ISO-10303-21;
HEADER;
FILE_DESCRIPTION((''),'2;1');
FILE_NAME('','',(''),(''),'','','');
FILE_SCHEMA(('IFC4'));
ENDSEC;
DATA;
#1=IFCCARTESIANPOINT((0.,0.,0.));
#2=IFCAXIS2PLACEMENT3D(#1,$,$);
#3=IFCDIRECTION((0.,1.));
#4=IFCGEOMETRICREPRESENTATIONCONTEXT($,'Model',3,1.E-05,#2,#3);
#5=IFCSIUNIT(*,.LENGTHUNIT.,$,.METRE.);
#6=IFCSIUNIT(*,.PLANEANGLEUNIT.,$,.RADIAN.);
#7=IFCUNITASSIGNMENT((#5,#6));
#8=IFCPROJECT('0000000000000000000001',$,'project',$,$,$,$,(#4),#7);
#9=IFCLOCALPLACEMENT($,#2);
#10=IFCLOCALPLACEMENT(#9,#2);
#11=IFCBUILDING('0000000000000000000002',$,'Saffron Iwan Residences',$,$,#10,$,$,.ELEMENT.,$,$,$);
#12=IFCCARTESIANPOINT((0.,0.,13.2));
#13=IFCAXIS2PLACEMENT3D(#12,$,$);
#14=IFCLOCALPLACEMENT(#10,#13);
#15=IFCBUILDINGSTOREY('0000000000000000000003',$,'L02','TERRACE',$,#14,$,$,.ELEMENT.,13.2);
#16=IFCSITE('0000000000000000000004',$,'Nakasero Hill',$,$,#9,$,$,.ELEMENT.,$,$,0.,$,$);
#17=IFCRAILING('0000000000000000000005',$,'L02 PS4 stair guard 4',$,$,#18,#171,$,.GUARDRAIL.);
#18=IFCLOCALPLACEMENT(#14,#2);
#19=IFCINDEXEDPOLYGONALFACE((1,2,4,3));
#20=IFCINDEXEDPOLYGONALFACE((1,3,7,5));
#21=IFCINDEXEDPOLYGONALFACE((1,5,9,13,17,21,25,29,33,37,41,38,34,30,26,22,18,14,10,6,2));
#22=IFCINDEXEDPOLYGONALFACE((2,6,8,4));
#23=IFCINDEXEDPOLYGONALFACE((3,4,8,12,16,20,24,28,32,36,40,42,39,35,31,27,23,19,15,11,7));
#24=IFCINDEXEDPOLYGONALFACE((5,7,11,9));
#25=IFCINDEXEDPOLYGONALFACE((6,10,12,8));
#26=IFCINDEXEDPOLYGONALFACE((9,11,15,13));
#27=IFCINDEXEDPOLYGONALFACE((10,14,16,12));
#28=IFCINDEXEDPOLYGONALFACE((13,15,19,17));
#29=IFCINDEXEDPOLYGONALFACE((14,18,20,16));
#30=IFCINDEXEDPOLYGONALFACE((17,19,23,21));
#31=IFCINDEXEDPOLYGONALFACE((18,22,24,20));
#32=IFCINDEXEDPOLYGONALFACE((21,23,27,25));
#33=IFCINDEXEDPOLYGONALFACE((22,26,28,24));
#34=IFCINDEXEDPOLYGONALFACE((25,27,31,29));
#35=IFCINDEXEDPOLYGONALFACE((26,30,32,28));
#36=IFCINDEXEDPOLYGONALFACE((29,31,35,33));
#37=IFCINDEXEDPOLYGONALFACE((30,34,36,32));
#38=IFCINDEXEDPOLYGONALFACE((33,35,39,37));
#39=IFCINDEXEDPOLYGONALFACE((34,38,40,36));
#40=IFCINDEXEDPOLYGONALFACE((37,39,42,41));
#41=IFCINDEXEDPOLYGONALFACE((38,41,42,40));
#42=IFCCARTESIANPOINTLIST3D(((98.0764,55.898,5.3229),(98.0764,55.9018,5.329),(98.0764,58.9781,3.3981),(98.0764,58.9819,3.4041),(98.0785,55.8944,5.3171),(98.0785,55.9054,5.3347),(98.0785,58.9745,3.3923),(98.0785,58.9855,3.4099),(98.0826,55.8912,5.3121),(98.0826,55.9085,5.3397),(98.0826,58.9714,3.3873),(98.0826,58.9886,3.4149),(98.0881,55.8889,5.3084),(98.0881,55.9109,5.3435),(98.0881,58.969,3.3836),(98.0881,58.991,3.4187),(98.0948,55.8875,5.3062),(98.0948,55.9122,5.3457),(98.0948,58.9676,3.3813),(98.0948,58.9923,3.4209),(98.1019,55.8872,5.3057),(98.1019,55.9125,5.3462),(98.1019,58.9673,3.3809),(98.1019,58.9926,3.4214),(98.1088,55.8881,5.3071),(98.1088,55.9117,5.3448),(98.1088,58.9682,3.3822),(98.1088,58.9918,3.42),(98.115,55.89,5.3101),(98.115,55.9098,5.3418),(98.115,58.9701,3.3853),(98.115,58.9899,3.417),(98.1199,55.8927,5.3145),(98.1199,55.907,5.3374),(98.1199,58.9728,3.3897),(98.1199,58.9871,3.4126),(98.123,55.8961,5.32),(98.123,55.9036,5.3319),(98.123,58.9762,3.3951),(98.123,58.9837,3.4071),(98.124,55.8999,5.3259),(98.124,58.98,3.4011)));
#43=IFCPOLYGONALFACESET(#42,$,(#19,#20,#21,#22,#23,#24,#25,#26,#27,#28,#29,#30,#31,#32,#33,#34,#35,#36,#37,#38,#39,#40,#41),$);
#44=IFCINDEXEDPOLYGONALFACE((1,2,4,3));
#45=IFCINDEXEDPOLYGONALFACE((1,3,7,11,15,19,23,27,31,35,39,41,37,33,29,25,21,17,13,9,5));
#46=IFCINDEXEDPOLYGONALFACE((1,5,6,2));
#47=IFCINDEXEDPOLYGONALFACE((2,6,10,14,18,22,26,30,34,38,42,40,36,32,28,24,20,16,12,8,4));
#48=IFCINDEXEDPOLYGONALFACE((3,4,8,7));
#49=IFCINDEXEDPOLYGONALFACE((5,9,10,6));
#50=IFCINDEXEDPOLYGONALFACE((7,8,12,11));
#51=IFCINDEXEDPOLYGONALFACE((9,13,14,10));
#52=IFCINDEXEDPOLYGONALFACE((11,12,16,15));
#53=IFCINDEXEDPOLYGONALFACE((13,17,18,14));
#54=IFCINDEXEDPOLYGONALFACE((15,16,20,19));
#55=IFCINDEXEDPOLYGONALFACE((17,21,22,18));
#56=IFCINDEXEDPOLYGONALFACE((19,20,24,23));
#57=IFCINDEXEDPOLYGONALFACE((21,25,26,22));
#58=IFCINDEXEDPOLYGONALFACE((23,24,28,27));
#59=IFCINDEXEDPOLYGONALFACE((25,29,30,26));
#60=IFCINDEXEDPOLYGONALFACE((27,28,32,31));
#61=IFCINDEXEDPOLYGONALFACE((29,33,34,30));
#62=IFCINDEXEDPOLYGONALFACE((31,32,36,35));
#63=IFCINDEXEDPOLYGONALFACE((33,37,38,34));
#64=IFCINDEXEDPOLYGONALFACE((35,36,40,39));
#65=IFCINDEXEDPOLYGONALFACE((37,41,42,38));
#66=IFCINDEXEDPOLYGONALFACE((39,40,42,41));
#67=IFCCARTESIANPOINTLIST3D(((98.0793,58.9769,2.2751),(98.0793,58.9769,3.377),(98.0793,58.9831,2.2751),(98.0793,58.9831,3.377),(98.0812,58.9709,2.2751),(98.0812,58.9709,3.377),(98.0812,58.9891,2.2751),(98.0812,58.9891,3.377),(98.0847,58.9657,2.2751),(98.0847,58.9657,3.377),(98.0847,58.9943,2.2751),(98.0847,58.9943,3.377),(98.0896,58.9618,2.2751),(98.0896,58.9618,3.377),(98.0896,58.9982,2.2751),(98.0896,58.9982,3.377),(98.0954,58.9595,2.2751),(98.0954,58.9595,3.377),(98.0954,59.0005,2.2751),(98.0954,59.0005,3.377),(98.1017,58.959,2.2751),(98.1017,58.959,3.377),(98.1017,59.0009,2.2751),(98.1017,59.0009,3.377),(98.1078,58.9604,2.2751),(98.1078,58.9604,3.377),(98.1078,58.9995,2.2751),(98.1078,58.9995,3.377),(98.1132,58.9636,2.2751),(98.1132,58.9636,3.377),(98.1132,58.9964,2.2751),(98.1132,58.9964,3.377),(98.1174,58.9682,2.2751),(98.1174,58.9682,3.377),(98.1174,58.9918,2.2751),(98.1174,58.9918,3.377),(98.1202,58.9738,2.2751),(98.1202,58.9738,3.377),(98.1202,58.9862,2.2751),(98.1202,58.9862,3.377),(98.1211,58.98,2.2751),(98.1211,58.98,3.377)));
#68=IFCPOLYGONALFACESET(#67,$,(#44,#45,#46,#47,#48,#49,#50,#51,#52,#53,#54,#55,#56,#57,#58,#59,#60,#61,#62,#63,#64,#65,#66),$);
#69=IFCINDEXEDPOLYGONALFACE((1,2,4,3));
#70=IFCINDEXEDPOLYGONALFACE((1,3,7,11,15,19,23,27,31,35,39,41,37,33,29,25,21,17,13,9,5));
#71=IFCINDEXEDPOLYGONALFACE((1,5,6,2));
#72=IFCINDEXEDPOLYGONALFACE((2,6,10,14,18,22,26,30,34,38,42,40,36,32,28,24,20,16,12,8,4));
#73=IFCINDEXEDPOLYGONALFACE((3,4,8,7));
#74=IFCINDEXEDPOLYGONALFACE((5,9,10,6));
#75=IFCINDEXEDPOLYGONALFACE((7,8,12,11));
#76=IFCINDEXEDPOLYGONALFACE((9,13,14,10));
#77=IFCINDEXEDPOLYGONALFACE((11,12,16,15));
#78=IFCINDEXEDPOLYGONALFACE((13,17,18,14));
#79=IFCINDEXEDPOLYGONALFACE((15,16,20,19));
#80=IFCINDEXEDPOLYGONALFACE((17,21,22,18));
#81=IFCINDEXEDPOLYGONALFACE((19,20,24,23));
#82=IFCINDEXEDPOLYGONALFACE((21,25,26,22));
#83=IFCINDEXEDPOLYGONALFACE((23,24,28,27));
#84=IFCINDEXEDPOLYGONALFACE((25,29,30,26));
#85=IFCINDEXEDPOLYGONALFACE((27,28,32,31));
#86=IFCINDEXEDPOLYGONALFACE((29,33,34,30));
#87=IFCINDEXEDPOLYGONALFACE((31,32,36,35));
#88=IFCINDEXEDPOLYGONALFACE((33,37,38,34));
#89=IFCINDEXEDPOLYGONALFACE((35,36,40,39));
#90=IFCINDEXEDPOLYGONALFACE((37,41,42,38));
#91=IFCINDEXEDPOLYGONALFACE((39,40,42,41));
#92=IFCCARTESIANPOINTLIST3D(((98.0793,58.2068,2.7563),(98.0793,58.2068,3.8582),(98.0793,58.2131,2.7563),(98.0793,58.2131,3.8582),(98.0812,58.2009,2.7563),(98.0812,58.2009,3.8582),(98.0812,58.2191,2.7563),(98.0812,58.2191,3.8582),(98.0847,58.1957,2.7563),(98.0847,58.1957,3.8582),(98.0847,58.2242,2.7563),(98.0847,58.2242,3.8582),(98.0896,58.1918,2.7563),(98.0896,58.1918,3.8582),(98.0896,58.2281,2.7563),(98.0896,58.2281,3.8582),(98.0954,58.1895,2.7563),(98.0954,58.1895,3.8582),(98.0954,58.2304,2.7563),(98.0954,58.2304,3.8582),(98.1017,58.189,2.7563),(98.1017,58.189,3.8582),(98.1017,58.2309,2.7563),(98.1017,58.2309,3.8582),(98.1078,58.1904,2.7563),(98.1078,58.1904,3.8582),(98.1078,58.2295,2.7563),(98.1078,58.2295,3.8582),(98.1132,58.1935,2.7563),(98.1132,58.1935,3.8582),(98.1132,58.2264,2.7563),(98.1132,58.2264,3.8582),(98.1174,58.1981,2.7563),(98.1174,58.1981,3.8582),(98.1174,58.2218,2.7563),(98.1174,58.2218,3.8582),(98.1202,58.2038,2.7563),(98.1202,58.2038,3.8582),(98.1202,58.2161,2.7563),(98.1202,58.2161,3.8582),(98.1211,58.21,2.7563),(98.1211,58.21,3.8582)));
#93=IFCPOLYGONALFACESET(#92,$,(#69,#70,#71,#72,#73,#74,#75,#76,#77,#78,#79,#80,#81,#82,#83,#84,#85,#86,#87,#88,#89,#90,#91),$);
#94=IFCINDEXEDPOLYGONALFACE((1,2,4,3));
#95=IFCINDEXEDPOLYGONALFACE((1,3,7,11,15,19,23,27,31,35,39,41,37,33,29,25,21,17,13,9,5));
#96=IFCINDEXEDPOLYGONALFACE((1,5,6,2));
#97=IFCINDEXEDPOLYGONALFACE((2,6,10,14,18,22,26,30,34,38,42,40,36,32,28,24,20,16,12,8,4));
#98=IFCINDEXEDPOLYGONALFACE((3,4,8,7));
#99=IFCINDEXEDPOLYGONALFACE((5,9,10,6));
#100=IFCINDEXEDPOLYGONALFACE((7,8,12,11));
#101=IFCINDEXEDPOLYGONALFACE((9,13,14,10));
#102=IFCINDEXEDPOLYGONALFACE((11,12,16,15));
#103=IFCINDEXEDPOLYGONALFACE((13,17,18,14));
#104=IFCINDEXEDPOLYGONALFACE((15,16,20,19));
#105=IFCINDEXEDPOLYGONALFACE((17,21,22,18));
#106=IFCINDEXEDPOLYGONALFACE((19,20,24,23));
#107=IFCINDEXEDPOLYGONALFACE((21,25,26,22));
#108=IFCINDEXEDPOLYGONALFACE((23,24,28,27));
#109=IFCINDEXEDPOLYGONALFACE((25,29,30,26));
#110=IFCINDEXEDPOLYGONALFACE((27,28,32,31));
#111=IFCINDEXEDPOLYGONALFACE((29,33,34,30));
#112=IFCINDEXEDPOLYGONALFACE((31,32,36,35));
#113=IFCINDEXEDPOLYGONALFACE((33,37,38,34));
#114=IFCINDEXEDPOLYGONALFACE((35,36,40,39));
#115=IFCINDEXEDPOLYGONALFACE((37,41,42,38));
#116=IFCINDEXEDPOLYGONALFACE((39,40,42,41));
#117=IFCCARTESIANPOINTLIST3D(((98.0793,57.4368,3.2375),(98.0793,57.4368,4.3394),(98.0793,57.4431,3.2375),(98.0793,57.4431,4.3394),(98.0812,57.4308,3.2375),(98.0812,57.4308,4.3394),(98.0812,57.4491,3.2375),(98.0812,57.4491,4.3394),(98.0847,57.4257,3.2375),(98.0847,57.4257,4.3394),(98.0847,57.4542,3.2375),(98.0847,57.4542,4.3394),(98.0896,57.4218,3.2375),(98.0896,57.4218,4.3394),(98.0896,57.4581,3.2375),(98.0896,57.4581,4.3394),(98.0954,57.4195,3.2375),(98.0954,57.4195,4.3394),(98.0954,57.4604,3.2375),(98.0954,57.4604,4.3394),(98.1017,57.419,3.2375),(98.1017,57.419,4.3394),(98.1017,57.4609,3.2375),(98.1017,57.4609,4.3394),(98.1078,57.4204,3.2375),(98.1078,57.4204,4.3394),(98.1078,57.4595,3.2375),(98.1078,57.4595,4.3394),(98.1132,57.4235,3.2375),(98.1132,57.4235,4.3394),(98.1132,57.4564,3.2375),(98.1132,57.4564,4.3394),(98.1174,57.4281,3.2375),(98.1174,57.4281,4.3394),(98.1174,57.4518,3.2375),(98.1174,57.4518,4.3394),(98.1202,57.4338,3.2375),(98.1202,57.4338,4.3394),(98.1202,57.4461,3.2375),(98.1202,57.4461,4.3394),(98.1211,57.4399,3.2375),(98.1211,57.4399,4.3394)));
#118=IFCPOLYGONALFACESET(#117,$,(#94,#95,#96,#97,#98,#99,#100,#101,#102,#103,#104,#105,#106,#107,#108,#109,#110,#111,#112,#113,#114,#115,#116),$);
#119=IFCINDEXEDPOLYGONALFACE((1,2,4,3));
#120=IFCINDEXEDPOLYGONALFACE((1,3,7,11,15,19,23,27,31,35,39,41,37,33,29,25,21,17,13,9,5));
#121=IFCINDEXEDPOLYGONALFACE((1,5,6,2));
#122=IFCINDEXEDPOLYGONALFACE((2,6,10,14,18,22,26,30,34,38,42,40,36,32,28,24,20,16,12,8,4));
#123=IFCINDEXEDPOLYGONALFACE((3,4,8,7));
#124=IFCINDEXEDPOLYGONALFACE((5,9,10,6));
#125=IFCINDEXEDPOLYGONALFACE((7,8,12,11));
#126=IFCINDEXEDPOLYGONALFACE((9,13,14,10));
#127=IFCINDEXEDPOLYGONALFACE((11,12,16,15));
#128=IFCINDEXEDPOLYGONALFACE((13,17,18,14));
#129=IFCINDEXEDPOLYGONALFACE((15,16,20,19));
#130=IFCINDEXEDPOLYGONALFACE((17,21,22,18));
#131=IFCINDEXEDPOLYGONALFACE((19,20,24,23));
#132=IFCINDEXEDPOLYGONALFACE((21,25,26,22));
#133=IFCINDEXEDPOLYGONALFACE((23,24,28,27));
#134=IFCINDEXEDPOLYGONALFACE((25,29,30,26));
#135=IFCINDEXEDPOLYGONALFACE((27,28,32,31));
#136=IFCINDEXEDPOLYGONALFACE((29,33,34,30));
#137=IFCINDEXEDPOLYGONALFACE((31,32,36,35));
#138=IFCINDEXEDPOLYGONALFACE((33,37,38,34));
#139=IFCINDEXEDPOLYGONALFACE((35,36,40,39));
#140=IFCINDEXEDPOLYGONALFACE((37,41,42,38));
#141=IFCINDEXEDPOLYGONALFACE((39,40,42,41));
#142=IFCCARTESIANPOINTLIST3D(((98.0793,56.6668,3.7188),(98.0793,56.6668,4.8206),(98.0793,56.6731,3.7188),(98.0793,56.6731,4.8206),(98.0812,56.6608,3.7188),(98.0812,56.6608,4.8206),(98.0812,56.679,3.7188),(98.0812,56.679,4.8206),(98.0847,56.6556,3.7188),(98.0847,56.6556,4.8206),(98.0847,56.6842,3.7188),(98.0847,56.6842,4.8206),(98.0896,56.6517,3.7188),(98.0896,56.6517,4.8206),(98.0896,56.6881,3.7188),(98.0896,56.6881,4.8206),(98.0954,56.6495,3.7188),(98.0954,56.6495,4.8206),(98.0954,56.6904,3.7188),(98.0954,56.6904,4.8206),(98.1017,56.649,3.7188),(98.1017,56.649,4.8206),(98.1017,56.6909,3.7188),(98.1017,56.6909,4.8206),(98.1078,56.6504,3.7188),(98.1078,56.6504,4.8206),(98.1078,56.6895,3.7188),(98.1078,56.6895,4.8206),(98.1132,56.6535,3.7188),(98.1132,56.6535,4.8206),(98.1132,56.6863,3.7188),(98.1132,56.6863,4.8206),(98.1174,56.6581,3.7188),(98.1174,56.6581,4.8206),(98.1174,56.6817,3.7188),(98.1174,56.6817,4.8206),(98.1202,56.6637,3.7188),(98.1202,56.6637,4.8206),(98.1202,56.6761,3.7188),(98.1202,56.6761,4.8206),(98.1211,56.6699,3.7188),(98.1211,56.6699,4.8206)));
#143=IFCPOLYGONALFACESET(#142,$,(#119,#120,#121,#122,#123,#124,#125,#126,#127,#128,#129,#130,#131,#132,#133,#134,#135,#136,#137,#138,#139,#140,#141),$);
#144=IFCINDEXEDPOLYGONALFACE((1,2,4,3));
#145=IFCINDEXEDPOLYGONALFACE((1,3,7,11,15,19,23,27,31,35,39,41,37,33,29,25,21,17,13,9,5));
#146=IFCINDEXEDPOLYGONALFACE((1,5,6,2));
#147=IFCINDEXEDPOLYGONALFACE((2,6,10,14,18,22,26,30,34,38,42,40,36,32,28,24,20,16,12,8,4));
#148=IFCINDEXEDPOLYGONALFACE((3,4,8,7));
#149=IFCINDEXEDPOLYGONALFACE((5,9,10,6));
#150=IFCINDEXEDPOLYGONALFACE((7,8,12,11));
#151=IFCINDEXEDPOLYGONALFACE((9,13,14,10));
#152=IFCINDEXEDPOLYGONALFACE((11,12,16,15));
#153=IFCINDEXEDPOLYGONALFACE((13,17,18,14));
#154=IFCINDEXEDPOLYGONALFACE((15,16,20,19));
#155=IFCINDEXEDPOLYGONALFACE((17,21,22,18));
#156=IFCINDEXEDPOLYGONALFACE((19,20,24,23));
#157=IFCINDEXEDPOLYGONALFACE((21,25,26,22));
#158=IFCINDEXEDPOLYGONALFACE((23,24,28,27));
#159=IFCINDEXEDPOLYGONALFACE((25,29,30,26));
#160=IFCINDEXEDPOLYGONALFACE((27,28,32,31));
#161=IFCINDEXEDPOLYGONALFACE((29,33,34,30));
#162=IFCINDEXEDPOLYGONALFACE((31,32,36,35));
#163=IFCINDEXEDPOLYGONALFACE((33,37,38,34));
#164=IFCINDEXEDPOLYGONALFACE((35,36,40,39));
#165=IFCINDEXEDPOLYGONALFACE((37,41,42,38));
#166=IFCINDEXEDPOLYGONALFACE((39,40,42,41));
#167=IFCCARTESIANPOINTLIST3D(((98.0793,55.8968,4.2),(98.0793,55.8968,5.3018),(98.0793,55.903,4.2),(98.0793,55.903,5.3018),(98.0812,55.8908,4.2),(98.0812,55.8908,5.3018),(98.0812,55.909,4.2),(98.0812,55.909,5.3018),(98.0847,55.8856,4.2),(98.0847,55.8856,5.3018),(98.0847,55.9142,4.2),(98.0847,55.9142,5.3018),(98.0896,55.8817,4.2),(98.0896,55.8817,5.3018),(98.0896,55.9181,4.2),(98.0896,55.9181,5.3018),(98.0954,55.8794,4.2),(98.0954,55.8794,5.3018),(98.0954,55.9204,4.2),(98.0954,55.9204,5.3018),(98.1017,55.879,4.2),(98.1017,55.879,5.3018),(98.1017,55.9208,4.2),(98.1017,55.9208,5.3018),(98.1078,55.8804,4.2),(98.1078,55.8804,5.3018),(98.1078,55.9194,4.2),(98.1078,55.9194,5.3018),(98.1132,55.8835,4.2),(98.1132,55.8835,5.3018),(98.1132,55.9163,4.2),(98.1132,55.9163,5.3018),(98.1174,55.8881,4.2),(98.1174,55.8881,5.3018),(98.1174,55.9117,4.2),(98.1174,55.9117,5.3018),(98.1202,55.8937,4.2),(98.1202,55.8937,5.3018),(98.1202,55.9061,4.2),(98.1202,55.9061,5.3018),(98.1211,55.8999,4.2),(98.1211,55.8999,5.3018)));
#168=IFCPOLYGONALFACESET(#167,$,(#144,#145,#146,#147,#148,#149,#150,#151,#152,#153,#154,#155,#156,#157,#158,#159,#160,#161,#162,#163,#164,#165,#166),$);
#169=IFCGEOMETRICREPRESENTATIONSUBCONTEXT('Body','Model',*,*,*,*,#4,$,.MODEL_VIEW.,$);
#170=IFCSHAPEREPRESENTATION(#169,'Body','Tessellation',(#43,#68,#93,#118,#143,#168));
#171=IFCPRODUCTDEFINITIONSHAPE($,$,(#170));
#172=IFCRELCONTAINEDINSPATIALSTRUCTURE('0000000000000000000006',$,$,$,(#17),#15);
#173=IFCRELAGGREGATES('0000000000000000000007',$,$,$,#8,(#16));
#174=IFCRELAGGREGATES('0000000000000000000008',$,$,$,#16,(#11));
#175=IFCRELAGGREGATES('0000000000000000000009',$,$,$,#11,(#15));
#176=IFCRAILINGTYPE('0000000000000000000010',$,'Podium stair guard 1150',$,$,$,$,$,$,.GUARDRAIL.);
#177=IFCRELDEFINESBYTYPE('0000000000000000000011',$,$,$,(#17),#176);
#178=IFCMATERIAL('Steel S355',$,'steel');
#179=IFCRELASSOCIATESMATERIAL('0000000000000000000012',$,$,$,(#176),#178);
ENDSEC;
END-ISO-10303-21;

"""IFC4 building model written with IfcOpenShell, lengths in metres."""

from ifc_helpers import new_model, si_unit, direction, frame, origin, origin_2d, place, context, subcontext, project, spatial, circle, extrude, material, type_object, element, save


model = new_model("IFC4")

# Units and contexts
model_context = context("Model", 3, precision=1e-05, world=origin(), true_north=direction((0.0, 1.0)))
body_context = subcontext(model_context, "Body", "Model", "MODEL_VIEW")
ifc_project = project(units=[si_unit("LENGTHUNIT", "METRE"), si_unit("PLANEANGLEUNIT", "RADIAN")], contexts=[model_context])

# Site, building, storey
site_placement = place(None, origin())
site = spatial("IfcSite", under=ifc_project, at=site_placement, Name="Nakasero Hill", CompositionType="ELEMENT", RefElevation=0.0)
building_placement = place(site_placement, origin())
building = spatial("IfcBuilding", under=site, at=building_placement, Name="Saffron Iwan Residences", CompositionType="ELEMENT")
storey_placement = place(building_placement, frame((0.0, 0.0, 13.2)))
storey = spatial("IfcBuildingStorey", under=building, at=storey_placement, Name="L02", Description="TERRACE", CompositionType="ELEMENT", Elevation=13.2)

# Railing
ifc_material_1 = material(Name="Steel S355", Category="steel")
railing_type_1 = type_object("IfcRailingType", Name="Podium stair guard 1150", PredefinedType="GUARDRAIL", material=ifc_material_1)
railing_1_placement = place(storey_placement, frame((98.1001, 58.98, 2.2751)))
element("IfcRailing", 1, at=railing_1_placement, inside=storey, type_object=railing_type_1, Name="L02 PS4 stair guard 4", PredefinedType="GUARDRAIL", context=body_context, shape_type="SweptSolid", body=[
    extrude(circle(Radius=0.0239, at=origin_2d()), frame((0.0, 0.0, 1.126), z_axis=(0.0, -0.848029, 0.529951), x_axis=(1.0, 0.0, 0.0)), (0.0, 0.0, 1.0), 3.6321),
    extrude(circle(Radius=0.021, at=origin_2d()), origin(), (0.0, 0.0, 1.0), 1.1018),
    extrude(circle(Radius=0.021, at=origin_2d()), frame((0.0, -0.77, 0.4812)), (0.0, 0.0, 1.0), 1.1018),
    extrude(circle(Radius=0.021, at=origin_2d()), frame((0.0, -1.54, 0.9624)), (0.0, 0.0, 1.0), 1.1018),
    extrude(circle(Radius=0.021, at=origin_2d()), frame((0.0, -2.3101, 1.4436)), (0.0, 0.0, 1.0), 1.1018),
    extrude(circle(Radius=0.021, at=origin_2d()), frame((0.0, -3.0801, 1.9248)), (0.0, 0.0, 1.0), 1.1018),
])

save(model, "model.ifc")
